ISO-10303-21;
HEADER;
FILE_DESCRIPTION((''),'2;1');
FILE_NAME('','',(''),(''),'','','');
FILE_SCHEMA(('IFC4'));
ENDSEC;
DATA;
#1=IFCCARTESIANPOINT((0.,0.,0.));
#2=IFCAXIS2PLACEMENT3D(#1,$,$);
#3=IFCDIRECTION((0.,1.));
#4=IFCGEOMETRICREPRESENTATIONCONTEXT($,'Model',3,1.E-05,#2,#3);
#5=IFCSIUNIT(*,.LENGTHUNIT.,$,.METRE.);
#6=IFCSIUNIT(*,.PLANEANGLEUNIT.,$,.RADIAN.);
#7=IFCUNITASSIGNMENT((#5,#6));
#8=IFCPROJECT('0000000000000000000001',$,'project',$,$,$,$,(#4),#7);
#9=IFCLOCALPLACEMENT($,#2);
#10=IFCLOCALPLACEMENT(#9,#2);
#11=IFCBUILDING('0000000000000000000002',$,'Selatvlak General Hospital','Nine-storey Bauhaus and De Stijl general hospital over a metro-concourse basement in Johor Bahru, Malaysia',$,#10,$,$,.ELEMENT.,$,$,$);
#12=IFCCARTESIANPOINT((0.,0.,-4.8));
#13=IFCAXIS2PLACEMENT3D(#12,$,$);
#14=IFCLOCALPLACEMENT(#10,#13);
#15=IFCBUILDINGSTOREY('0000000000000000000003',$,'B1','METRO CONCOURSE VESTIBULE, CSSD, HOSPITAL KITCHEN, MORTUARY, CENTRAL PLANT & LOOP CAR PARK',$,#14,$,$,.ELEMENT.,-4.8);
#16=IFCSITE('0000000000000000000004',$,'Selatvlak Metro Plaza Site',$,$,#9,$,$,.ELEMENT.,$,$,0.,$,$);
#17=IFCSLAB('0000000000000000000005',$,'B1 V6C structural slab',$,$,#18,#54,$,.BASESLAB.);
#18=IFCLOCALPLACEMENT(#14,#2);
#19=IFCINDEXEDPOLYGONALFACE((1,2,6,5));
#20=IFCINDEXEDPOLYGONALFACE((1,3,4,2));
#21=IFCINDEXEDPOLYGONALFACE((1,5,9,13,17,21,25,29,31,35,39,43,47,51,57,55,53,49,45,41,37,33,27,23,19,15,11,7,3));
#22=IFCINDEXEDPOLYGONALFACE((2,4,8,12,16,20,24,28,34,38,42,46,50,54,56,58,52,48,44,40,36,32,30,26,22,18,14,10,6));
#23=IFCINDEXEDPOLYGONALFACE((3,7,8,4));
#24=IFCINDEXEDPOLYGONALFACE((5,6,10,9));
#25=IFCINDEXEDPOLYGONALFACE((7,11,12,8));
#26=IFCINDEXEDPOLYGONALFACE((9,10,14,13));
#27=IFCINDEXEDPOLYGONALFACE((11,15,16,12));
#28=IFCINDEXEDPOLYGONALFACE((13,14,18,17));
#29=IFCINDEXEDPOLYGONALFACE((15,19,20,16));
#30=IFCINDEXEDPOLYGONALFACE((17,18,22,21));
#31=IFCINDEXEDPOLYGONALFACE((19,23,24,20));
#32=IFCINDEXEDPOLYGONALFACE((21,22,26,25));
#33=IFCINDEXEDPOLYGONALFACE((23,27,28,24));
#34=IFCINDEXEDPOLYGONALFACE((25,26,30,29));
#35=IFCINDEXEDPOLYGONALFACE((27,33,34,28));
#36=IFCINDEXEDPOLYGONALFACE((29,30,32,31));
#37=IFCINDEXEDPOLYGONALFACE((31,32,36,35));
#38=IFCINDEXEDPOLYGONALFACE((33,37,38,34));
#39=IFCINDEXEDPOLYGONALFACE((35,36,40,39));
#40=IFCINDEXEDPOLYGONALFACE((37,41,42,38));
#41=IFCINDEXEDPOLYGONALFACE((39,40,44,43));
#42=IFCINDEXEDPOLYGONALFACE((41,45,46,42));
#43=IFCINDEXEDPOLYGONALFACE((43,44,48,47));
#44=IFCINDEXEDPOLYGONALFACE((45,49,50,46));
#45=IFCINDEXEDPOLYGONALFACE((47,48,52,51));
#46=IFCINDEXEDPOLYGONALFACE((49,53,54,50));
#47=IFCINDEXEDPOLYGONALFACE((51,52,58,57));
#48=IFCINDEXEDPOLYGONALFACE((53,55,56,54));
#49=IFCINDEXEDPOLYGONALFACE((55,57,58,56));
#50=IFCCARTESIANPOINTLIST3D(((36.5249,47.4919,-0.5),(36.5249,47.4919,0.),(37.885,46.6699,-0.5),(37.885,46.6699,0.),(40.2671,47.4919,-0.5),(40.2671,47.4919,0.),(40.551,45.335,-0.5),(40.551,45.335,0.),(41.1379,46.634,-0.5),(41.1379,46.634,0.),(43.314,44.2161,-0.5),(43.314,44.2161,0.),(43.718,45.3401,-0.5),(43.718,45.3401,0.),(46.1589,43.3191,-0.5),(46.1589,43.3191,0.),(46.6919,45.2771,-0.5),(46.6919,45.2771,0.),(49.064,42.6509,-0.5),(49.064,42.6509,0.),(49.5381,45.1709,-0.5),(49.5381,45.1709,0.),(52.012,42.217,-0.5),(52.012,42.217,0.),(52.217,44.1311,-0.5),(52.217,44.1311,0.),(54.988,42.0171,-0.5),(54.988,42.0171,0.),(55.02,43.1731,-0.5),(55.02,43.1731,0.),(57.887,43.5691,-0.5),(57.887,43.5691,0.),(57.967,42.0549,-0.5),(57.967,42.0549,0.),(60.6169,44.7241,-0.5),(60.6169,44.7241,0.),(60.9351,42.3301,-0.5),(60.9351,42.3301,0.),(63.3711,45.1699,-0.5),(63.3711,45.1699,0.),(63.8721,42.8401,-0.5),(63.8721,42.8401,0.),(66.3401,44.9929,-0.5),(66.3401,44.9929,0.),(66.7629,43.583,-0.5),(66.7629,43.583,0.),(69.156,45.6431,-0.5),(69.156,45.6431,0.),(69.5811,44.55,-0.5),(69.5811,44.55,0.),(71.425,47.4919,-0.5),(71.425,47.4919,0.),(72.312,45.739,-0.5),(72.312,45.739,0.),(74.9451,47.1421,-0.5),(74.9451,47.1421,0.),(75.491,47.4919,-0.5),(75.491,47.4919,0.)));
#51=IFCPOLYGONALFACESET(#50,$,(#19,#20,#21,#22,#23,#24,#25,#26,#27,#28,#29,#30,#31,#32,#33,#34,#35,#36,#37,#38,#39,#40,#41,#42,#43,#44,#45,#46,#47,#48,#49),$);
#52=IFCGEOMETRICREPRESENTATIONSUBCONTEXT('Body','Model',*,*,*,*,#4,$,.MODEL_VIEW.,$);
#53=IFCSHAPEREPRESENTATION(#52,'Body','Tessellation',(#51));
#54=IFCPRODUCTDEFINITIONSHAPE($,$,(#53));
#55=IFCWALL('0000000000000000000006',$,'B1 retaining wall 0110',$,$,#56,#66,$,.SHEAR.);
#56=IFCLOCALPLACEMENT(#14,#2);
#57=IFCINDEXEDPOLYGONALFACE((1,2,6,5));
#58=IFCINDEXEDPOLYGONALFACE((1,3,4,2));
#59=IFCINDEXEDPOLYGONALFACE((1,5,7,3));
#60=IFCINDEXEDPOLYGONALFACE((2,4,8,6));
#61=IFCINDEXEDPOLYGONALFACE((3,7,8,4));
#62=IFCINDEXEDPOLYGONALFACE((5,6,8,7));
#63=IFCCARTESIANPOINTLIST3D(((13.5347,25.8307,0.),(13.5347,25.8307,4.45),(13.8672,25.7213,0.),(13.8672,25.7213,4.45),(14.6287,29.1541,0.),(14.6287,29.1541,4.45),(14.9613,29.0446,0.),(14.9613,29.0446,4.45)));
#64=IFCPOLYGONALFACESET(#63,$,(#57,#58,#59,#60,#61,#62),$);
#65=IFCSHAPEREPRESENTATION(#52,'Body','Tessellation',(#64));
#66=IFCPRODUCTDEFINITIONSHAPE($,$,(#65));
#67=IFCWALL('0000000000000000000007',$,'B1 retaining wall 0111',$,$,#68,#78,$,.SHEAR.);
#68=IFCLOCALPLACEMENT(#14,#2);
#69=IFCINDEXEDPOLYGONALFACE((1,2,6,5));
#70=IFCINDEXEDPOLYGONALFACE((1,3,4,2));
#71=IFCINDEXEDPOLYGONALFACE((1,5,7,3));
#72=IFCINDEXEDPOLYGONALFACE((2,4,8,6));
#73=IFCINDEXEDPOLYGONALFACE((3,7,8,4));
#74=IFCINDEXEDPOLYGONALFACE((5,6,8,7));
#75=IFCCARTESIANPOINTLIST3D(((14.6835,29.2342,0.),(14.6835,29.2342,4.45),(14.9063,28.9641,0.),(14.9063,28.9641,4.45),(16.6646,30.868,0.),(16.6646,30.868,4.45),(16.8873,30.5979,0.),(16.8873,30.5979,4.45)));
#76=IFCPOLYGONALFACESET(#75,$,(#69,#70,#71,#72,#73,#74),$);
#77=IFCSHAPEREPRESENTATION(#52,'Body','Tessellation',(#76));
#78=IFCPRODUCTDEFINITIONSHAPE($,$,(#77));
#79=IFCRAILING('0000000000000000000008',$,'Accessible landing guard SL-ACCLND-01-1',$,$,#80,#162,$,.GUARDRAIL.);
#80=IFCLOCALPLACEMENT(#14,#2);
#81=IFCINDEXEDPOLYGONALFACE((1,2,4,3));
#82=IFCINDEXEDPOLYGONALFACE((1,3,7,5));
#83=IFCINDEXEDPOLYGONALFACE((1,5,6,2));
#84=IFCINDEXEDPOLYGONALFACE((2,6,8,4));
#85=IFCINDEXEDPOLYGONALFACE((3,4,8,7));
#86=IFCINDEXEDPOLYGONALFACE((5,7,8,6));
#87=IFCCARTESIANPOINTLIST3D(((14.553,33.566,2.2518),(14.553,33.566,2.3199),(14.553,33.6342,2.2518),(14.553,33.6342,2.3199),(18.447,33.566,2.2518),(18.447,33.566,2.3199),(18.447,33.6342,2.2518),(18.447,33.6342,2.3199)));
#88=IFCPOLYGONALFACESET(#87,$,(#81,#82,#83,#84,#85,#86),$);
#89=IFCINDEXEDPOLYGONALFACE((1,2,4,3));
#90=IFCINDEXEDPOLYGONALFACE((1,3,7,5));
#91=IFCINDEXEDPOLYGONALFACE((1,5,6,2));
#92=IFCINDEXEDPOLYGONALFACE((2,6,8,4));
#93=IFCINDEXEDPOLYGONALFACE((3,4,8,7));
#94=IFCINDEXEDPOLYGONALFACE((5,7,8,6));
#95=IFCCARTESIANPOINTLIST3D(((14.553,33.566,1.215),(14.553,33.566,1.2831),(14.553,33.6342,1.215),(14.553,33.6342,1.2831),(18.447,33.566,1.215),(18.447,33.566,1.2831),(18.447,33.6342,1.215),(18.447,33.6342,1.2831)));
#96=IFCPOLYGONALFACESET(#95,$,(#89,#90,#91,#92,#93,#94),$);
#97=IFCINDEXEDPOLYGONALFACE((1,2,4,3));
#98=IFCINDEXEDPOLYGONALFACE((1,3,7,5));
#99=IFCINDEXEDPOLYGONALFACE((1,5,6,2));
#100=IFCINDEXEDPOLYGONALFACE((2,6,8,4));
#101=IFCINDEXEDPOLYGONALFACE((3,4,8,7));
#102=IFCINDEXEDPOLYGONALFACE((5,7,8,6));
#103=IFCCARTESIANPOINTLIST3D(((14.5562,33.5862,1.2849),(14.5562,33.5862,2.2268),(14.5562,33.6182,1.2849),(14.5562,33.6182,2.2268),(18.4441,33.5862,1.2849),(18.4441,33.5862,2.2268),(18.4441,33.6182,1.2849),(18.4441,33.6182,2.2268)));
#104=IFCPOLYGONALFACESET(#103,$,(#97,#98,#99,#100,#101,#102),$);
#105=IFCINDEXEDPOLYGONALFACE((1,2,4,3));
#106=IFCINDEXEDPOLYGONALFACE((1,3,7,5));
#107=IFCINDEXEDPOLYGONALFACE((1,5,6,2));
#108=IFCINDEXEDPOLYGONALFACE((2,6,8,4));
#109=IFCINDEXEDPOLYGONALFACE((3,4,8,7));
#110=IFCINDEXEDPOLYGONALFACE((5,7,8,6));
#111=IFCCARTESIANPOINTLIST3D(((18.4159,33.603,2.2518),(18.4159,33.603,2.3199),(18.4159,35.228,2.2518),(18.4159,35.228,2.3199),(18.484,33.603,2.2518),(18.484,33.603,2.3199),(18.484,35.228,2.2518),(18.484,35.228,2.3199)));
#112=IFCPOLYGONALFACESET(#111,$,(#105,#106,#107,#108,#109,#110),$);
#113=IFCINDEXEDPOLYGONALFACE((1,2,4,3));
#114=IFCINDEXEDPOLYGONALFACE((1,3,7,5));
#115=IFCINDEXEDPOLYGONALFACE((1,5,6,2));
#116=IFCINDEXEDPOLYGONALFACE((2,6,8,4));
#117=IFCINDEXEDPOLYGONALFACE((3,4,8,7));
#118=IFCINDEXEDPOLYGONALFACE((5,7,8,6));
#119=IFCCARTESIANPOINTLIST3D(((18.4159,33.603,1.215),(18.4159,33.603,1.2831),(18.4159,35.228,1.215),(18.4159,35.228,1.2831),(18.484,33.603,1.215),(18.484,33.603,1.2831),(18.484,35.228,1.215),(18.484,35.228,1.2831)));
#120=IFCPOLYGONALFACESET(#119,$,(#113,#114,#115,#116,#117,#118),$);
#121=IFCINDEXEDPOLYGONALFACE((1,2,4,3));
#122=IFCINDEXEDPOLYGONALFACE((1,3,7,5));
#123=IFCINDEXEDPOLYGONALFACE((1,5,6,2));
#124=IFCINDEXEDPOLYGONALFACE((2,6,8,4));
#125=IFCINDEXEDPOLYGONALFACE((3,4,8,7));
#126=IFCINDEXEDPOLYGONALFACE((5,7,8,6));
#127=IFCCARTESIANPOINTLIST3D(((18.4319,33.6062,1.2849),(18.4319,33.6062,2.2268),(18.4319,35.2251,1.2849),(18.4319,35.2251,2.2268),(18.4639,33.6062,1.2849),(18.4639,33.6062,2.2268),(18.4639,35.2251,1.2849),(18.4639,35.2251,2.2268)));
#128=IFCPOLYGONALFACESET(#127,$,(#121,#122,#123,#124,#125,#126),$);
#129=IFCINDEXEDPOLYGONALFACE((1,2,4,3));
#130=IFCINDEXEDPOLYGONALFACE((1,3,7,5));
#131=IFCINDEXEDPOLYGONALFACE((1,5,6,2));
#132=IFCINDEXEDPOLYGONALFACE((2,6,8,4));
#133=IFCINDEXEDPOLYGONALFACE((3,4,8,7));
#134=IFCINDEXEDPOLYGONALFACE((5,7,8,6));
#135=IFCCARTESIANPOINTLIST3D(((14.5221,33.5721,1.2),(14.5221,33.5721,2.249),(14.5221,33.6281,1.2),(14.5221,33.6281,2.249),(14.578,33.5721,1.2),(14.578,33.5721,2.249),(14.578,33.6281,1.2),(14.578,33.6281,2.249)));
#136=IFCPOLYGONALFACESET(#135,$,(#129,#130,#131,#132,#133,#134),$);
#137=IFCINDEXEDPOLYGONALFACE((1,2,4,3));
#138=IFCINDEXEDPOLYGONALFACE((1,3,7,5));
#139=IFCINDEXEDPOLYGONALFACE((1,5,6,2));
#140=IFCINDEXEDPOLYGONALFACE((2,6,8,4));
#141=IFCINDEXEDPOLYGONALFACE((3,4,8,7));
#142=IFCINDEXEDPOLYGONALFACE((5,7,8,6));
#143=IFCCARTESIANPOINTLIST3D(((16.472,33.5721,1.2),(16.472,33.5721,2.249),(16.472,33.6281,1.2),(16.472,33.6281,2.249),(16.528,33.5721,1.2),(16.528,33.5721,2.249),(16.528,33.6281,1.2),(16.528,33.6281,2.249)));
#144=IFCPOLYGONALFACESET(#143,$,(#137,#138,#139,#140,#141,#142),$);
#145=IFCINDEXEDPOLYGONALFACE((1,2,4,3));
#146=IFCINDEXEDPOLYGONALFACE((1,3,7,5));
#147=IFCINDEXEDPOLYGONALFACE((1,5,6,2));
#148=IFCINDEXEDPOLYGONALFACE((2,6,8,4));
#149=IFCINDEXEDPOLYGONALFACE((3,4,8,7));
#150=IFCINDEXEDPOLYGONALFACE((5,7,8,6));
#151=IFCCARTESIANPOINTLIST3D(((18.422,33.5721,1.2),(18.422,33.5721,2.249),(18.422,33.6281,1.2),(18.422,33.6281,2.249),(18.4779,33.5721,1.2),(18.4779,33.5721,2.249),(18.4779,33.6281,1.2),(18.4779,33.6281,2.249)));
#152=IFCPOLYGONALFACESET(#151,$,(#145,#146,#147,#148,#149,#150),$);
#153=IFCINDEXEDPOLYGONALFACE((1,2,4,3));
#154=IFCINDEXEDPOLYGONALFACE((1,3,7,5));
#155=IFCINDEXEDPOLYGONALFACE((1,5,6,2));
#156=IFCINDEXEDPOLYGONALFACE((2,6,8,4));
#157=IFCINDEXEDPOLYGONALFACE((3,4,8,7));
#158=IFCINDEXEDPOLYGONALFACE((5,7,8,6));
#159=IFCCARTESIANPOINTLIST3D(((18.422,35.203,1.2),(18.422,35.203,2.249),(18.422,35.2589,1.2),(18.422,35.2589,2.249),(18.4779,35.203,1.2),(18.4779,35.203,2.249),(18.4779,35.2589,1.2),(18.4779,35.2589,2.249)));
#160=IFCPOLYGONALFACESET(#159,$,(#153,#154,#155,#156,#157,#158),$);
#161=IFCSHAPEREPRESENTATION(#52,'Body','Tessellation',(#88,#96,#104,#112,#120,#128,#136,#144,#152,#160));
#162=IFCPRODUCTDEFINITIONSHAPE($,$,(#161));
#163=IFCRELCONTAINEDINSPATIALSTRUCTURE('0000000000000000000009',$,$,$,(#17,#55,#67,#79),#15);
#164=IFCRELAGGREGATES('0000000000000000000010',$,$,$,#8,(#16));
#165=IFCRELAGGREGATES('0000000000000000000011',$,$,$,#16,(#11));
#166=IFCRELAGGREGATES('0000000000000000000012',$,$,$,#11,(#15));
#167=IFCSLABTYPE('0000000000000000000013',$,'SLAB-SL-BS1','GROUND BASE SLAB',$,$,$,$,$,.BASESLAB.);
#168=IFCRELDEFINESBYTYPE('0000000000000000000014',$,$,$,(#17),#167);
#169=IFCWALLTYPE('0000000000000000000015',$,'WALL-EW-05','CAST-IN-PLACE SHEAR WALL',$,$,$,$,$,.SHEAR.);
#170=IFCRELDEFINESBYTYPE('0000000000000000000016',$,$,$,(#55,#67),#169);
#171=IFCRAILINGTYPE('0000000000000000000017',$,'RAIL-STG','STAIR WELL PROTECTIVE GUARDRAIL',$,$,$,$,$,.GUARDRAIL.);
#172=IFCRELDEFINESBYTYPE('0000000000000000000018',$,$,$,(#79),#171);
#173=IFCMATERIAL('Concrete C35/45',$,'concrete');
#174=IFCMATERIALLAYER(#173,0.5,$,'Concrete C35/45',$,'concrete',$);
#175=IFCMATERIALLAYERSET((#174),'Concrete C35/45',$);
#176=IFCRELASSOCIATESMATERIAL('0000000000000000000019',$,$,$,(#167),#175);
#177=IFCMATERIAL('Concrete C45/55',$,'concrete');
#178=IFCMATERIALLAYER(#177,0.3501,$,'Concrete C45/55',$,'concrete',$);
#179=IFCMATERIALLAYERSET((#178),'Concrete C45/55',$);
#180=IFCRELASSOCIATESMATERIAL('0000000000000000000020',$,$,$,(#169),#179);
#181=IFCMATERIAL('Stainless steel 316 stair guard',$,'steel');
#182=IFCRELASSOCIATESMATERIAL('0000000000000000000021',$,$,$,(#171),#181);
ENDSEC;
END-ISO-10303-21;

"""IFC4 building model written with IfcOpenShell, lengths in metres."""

from ifc_helpers import new_model, si_unit, direction, frame, frame_2d, origin, origin_2d, place, context, subcontext, project, spatial, polyline, rectangle, outline, extrude, material, layer, layer_set, type_object, element, save


model = new_model("IFC4")

# Units and contexts
model_context = context("Model", 3, precision=1e-05, world=origin(), true_north=direction((0.0, 1.0)))
body_context = subcontext(model_context, "Body", "Model", "MODEL_VIEW")
ifc_project = project(units=[si_unit("LENGTHUNIT", "METRE"), si_unit("PLANEANGLEUNIT", "RADIAN")], contexts=[model_context])

# Site, building, storey
site_placement = place(None, origin())
site = spatial("IfcSite", under=ifc_project, at=site_placement, Name="Selatvlak Metro Plaza Site", CompositionType="ELEMENT", RefElevation=0.0)
building_placement = place(site_placement, origin())
building = spatial("IfcBuilding", under=site, at=building_placement, Name="Selatvlak General Hospital", Description="Nine-storey Bauhaus and De Stijl general hospital over a metro-concourse basement in Johor Bahru, Malaysia", CompositionType="ELEMENT")
storey_placement = place(building_placement, frame((0.0, 0.0, -4.8)))
storey = spatial("IfcBuildingStorey", under=building, at=storey_placement, Name="B1", Description="METRO CONCOURSE VESTIBULE, CSSD, HOSPITAL KITCHEN, MORTUARY, CENTRAL PLANT & LOOP CAR PARK", CompositionType="ELEMENT", Elevation=-4.8)

# Slab
ifc_material_1 = material(Name="Concrete C35/45", Category="concrete")
ifc_layer_1 = layer(ifc_material_1, 0.5, Name="Concrete C35/45", Category="concrete")
ifc_layer_set_1 = layer_set([ifc_layer_1], Name="Concrete C35/45")
slab_type_1 = type_object("IfcSlabType", Name="SLAB-SL-BS1", Description="GROUND BASE SLAB", PredefinedType="BASESLAB", material=ifc_layer_set_1)
slab_1_placement = place(storey_placement, frame((0.0, 0.0, -0.5)))
element("IfcSlab", 1, at=slab_1_placement, inside=storey, type_object=slab_type_1, Name="B1 V6C structural slab", PredefinedType="BASESLAB", context=body_context, shape_type="SweptSolid", body=[
    extrude(outline(polyline([(57.887, 43.5691), (60.6169, 44.7241), (63.3711, 45.1699), (66.3401, 44.9929), (69.156, 45.6431), (71.425, 47.4919), (75.491, 47.4919), (74.9451, 47.1421), (72.312, 45.739), (69.5811, 44.55), (66.7629, 43.583), (63.8721, 42.8401), (60.9351, 42.3301), (57.967, 42.0549), (54.988, 42.0171), (52.012, 42.217), (49.064, 42.6509), (46.1589, 43.3191), (43.314, 44.2161), (40.551, 45.335), (37.885, 46.6699), (36.5249, 47.4919), (40.2671, 47.4919), (41.1379, 46.634), (43.718, 45.3401), (46.6919, 45.2771), (49.5381, 45.1709), (52.217, 44.1311), (55.02, 43.1731), (57.887, 43.5691)])), origin(), (0.0, 0.0, 1.0), 0.5),
])

# Walls
ifc_material_2 = material(Name="Concrete C45/55", Category="concrete")
ifc_layer_2 = layer(ifc_material_2, 0.3501, Name="Concrete C45/55", Category="concrete")
ifc_layer_set_2 = layer_set([ifc_layer_2], Name="Concrete C45/55")
wall_type = type_object("IfcWallType", Name="WALL-EW-05", Description="CAST-IN-PLACE SHEAR WALL", PredefinedType="SHEAR", material=ifc_layer_set_2)
wall_1_placement = place(storey_placement, frame((13.7009, 25.7759, 0.0), z_axis=(0.0, 0.0, 1.0), x_axis=(0.312688, 0.949856, 0.0)))
element("IfcWall", 2, at=wall_1_placement, inside=storey, type_object=wall_type, Name="B1 retaining wall 0110", PredefinedType="SHEAR", context=body_context, shape_type="SweptSolid", body=[
    extrude(rectangle(XDim=3.4988, YDim=0.3501, at=frame_2d((1.7495, 0.0))), origin(), (0.0, 0.0, 1.0), 4.45),
])
wall_2_placement = place(storey_placement, frame((14.7949, 29.0991, 0.0), z_axis=(0.0, 0.0, 1.0), x_axis=(0.771469, 0.636267, 0.0)))
element("IfcWall", 3, at=wall_2_placement, inside=storey, type_object=wall_type, Name="B1 retaining wall 0111", PredefinedType="SHEAR", context=body_context, shape_type="SweptSolid", body=[
    extrude(rectangle(XDim=2.5679, YDim=0.3501, at=frame_2d((1.2839, 0.0))), origin(), (0.0, 0.0, 1.0), 4.45),
])

# Railing
ifc_material_3 = material(Name="Stainless steel 316 stair guard", Category="steel")
railing_type = type_object("IfcRailingType", Name="RAIL-STG", Description="STAIR WELL PROTECTIVE GUARDRAIL", PredefinedType="GUARDRAIL", material=ifc_material_3)
railing_placement = place(storey_placement, frame((14.55, 33.6001, 1.2)))
element("IfcRailing", 4, at=railing_placement, inside=storey, type_object=railing_type, Name="Accessible landing guard SL-ACCLND-01-1", PredefinedType="GUARDRAIL", context=body_context, shape_type="SweptSolid", body=[
    extrude(rectangle(XDim=0.0681, YDim=0.0681, at=origin_2d()), frame((0.0029, 0.0, 1.0859), z_axis=(1.0, 0.0, 0.0), x_axis=(0.0, 1.0, 0.0)), (0.0, 0.0, 1.0), 3.894),
    extrude(rectangle(XDim=0.0681, YDim=0.0681, at=origin_2d()), frame((0.0029, 0.0, 0.0491), z_axis=(1.0, 0.0, 0.0), x_axis=(0.0, 1.0, 0.0)), (0.0, 0.0, 1.0), 3.894),
    extrude(outline(polyline([(0.0, 0.0), (3.8879, 0.0), (3.8879, 0.9419), (0.0, 0.9419), (0.0, 0.0)])), frame((0.0061, 0.0181, 0.085), z_axis=(0.0, -1.0, 0.0), x_axis=(1.0, 0.0, 0.0)), (0.0, 0.0, 1.0), 0.032),
    extrude(rectangle(XDim=0.0681, YDim=0.0681, at=origin_2d()), frame((3.8999, 0.0029, 1.0859), z_axis=(0.0, 1.0, 0.0), x_axis=(-1.0, 0.0, 0.0)), (0.0, 0.0, 1.0), 1.625),
    extrude(rectangle(XDim=0.0681, YDim=0.0681, at=origin_2d()), frame((3.8999, 0.0029, 0.0491), z_axis=(0.0, 1.0, 0.0), x_axis=(-1.0, 0.0, 0.0)), (0.0, 0.0, 1.0), 1.625),
    extrude(outline(polyline([(0.0, 0.0), (1.6189, 0.0), (1.6189, 0.9419), (0.0, 0.9419), (0.0, 0.0)])), frame((3.8818, 0.0061, 0.085), z_axis=(1.0, 0.0, 0.0), x_axis=(0.0, 1.0, 0.0)), (0.0, 0.0, 1.0), 0.032),
    extrude(rectangle(XDim=0.0559, YDim=0.0559, at=origin_2d()), origin(), (0.0, 0.0, 1.0), 1.0491),
    extrude(rectangle(XDim=0.0559, YDim=0.0559, at=origin_2d()), frame((1.95, 0.0, 0.0)), (0.0, 0.0, 1.0), 1.0491),
    extrude(rectangle(XDim=0.0559, YDim=0.0559, at=origin_2d()), frame((3.8999, 0.0, 0.0)), (0.0, 0.0, 1.0), 1.0491),
    extrude(rectangle(XDim=0.0559, YDim=0.0559, at=origin_2d()), frame((3.8999, 1.6309, 0.0)), (0.0, 0.0, 1.0), 1.0491),
])

save(model, "model.ifc")
